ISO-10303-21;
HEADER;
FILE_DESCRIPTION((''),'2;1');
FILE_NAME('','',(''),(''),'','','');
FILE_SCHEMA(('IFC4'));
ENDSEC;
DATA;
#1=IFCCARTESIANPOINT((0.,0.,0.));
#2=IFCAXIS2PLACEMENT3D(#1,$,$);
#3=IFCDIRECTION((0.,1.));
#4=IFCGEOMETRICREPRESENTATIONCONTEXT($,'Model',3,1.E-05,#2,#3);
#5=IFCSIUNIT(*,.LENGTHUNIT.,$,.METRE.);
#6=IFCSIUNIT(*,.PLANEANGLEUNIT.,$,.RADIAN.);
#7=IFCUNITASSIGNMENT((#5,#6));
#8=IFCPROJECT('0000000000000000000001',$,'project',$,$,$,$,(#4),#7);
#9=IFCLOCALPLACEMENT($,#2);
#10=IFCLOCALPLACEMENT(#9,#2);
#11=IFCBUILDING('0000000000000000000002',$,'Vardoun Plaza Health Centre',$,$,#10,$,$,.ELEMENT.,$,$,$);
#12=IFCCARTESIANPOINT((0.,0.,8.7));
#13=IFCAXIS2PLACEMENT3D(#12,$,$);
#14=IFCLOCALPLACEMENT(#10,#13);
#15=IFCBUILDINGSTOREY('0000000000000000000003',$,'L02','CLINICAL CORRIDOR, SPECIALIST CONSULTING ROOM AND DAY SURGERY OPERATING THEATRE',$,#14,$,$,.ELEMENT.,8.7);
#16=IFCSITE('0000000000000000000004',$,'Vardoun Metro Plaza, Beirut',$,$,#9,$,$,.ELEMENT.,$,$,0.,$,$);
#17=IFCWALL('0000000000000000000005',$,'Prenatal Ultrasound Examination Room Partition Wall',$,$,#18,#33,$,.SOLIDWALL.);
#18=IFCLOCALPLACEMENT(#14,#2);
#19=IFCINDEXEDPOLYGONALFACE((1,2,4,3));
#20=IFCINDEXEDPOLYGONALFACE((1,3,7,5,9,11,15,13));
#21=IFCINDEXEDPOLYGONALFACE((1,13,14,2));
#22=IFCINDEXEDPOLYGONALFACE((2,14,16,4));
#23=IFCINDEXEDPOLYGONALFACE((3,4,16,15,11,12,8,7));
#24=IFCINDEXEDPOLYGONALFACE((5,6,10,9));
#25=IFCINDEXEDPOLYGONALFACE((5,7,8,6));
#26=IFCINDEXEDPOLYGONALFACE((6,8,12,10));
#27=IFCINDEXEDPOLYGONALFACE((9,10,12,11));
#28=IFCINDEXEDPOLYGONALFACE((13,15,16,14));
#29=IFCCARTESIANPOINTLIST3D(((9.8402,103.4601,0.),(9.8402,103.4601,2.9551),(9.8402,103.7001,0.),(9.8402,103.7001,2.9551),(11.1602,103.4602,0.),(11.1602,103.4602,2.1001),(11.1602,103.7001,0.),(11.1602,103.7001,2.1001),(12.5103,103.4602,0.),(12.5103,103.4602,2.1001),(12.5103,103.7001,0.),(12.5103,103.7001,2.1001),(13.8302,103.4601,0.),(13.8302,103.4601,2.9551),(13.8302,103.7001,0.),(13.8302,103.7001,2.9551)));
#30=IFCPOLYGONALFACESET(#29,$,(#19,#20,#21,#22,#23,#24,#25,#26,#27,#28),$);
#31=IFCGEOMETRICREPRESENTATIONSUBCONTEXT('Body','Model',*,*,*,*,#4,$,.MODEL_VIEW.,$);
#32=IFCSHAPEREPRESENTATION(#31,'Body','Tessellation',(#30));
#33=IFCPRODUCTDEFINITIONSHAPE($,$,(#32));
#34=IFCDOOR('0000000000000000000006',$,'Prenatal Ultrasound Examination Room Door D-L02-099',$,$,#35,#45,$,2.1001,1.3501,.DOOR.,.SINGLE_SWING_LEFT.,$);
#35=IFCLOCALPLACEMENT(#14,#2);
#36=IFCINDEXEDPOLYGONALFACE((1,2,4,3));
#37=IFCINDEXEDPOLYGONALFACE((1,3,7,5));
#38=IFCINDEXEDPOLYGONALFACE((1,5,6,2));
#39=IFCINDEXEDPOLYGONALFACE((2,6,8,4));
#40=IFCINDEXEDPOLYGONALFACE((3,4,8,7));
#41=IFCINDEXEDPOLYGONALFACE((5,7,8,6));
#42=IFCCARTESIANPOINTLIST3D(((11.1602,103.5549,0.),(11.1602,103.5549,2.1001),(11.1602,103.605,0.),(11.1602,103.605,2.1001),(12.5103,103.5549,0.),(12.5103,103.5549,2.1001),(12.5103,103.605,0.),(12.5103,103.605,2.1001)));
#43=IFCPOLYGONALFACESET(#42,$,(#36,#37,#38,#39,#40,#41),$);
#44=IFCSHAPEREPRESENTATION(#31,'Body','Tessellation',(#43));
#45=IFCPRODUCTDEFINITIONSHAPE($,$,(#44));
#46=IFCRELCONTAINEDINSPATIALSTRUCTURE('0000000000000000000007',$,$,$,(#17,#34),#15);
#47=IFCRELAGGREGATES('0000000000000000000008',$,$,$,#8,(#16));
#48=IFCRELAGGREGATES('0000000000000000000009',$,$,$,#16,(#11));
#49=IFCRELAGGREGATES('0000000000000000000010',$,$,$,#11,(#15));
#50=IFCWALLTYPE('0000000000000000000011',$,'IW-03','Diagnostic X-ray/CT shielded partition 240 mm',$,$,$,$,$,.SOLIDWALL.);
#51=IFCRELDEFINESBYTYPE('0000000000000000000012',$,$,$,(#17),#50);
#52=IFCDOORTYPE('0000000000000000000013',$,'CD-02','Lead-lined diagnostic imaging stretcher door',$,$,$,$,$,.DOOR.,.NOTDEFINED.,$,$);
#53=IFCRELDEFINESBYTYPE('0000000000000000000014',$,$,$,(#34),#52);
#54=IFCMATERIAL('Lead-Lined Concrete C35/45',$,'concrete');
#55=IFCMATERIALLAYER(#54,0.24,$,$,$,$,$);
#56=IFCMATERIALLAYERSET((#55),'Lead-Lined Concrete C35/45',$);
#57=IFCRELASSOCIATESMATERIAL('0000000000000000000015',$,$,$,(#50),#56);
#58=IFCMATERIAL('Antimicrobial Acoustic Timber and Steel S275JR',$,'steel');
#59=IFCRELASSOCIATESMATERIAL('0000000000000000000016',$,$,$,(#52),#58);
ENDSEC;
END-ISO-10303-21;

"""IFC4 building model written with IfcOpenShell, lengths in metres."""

from ifc_helpers import new_model, si_unit, direction, frame, frame_2d, origin, place, context, subcontext, project, spatial, rectangle, extrude, material, layer, layer_set, type_object, element, fill, save


model = new_model("IFC4")

# Units and contexts
model_context = context("Model", 3, precision=1e-05, world=origin(), true_north=direction((0.0, 1.0)))
body_context = subcontext(model_context, "Body", "Model", "MODEL_VIEW")
ifc_project = project(units=[si_unit("LENGTHUNIT", "METRE"), si_unit("PLANEANGLEUNIT", "RADIAN")], contexts=[model_context])

# Site, building, storey
site_placement = place(None, origin())
site = spatial("IfcSite", under=ifc_project, at=site_placement, Name="Vardoun Metro Plaza, Beirut", CompositionType="ELEMENT", RefElevation=0.0)
building_placement = place(site_placement, origin())
building = spatial("IfcBuilding", under=site, at=building_placement, Name="Vardoun Plaza Health Centre", CompositionType="ELEMENT")
storey_placement = place(building_placement, frame((0.0, 0.0, 8.7)))
storey = spatial("IfcBuildingStorey", under=building, at=storey_placement, Name="L02", Description="CLINICAL CORRIDOR, SPECIALIST CONSULTING ROOM AND DAY SURGERY OPERATING THEATRE", CompositionType="ELEMENT", Elevation=8.7)

# Wall, opening, door
ifc_material_1 = material(Name="Lead-Lined Concrete C35/45", Category="concrete")
ifc_layer_1 = layer(ifc_material_1, 0.24)
ifc_layer_set_1 = layer_set([ifc_layer_1], Name="Lead-Lined Concrete C35/45")
wall_type_1 = type_object("IfcWallType", Name="IW-03", Description="Diagnostic X-ray/CT shielded partition 240 mm", PredefinedType="SOLIDWALL", material=ifc_layer_set_1)
wall_1_placement = place(storey_placement, frame((9.8401, 103.5801, 0.0), z_axis=(0.0, 0.0, 1.0), x_axis=(1.0, 0.0, 0.0)))
wall_1 = element("IfcWall", 1, at=wall_1_placement, inside=storey, type_object=wall_type_1, Name="Prenatal Ultrasound Examination Room Partition Wall", PredefinedType="SOLIDWALL", context=body_context, shape_type="SweptSolid", body=[
    extrude(rectangle(XDim=3.99, YDim=0.24, at=frame_2d((1.9951, 0.0))), origin(), (0.0, 0.0, 1.0), 2.9551),
])
opening_1_placement = place(wall_1_placement, frame((1.3201, 0.0, 0.0)))
opening_1 = element("IfcOpeningElement", 2, at=opening_1_placement, cuts=wall_1, PredefinedType="OPENING", context=body_context, shape_type="SweptSolid", body=[
    extrude(rectangle(XDim=1.3501, YDim=2.1001, at=frame_2d((0.675, 1.05))), frame((0.0, 0.1201, 0.0), z_axis=(0.0, -1.0, 0.0), x_axis=(1.0, 0.0, 0.0)), (0.0, 0.0, 1.0), 0.24),
])
ifc_material_2 = material(Name="Antimicrobial Acoustic Timber and Steel S275JR", Category="steel")
door_type_1 = type_object("IfcDoorType", Name="CD-02", Description="Lead-lined diagnostic imaging stretcher door", OperationType="NOTDEFINED", PredefinedType="DOOR", material=ifc_material_2)
door_1_placement = place(opening_1_placement, origin())
door_1 = element("IfcDoor", 3, at=door_1_placement, inside=storey, type_object=door_type_1, Name="Prenatal Ultrasound Examination Room Door D-L02-099", OperationType="SINGLE_SWING_LEFT", OverallHeight=2.1001, OverallWidth=1.3501, PredefinedType="DOOR", context=body_context, shape_type="SweptSolid", body=[
    extrude(rectangle(XDim=1.3501, YDim=2.1001, at=frame_2d((0.675, 1.05))), frame((0.0, 0.0249, 0.0), z_axis=(0.0, -1.0, 0.0), x_axis=(1.0, 0.0, 0.0)), (0.0, 0.0, 1.0), 0.05),
])
fill(opening_1, door_1)

save(model, "model.ifc")
